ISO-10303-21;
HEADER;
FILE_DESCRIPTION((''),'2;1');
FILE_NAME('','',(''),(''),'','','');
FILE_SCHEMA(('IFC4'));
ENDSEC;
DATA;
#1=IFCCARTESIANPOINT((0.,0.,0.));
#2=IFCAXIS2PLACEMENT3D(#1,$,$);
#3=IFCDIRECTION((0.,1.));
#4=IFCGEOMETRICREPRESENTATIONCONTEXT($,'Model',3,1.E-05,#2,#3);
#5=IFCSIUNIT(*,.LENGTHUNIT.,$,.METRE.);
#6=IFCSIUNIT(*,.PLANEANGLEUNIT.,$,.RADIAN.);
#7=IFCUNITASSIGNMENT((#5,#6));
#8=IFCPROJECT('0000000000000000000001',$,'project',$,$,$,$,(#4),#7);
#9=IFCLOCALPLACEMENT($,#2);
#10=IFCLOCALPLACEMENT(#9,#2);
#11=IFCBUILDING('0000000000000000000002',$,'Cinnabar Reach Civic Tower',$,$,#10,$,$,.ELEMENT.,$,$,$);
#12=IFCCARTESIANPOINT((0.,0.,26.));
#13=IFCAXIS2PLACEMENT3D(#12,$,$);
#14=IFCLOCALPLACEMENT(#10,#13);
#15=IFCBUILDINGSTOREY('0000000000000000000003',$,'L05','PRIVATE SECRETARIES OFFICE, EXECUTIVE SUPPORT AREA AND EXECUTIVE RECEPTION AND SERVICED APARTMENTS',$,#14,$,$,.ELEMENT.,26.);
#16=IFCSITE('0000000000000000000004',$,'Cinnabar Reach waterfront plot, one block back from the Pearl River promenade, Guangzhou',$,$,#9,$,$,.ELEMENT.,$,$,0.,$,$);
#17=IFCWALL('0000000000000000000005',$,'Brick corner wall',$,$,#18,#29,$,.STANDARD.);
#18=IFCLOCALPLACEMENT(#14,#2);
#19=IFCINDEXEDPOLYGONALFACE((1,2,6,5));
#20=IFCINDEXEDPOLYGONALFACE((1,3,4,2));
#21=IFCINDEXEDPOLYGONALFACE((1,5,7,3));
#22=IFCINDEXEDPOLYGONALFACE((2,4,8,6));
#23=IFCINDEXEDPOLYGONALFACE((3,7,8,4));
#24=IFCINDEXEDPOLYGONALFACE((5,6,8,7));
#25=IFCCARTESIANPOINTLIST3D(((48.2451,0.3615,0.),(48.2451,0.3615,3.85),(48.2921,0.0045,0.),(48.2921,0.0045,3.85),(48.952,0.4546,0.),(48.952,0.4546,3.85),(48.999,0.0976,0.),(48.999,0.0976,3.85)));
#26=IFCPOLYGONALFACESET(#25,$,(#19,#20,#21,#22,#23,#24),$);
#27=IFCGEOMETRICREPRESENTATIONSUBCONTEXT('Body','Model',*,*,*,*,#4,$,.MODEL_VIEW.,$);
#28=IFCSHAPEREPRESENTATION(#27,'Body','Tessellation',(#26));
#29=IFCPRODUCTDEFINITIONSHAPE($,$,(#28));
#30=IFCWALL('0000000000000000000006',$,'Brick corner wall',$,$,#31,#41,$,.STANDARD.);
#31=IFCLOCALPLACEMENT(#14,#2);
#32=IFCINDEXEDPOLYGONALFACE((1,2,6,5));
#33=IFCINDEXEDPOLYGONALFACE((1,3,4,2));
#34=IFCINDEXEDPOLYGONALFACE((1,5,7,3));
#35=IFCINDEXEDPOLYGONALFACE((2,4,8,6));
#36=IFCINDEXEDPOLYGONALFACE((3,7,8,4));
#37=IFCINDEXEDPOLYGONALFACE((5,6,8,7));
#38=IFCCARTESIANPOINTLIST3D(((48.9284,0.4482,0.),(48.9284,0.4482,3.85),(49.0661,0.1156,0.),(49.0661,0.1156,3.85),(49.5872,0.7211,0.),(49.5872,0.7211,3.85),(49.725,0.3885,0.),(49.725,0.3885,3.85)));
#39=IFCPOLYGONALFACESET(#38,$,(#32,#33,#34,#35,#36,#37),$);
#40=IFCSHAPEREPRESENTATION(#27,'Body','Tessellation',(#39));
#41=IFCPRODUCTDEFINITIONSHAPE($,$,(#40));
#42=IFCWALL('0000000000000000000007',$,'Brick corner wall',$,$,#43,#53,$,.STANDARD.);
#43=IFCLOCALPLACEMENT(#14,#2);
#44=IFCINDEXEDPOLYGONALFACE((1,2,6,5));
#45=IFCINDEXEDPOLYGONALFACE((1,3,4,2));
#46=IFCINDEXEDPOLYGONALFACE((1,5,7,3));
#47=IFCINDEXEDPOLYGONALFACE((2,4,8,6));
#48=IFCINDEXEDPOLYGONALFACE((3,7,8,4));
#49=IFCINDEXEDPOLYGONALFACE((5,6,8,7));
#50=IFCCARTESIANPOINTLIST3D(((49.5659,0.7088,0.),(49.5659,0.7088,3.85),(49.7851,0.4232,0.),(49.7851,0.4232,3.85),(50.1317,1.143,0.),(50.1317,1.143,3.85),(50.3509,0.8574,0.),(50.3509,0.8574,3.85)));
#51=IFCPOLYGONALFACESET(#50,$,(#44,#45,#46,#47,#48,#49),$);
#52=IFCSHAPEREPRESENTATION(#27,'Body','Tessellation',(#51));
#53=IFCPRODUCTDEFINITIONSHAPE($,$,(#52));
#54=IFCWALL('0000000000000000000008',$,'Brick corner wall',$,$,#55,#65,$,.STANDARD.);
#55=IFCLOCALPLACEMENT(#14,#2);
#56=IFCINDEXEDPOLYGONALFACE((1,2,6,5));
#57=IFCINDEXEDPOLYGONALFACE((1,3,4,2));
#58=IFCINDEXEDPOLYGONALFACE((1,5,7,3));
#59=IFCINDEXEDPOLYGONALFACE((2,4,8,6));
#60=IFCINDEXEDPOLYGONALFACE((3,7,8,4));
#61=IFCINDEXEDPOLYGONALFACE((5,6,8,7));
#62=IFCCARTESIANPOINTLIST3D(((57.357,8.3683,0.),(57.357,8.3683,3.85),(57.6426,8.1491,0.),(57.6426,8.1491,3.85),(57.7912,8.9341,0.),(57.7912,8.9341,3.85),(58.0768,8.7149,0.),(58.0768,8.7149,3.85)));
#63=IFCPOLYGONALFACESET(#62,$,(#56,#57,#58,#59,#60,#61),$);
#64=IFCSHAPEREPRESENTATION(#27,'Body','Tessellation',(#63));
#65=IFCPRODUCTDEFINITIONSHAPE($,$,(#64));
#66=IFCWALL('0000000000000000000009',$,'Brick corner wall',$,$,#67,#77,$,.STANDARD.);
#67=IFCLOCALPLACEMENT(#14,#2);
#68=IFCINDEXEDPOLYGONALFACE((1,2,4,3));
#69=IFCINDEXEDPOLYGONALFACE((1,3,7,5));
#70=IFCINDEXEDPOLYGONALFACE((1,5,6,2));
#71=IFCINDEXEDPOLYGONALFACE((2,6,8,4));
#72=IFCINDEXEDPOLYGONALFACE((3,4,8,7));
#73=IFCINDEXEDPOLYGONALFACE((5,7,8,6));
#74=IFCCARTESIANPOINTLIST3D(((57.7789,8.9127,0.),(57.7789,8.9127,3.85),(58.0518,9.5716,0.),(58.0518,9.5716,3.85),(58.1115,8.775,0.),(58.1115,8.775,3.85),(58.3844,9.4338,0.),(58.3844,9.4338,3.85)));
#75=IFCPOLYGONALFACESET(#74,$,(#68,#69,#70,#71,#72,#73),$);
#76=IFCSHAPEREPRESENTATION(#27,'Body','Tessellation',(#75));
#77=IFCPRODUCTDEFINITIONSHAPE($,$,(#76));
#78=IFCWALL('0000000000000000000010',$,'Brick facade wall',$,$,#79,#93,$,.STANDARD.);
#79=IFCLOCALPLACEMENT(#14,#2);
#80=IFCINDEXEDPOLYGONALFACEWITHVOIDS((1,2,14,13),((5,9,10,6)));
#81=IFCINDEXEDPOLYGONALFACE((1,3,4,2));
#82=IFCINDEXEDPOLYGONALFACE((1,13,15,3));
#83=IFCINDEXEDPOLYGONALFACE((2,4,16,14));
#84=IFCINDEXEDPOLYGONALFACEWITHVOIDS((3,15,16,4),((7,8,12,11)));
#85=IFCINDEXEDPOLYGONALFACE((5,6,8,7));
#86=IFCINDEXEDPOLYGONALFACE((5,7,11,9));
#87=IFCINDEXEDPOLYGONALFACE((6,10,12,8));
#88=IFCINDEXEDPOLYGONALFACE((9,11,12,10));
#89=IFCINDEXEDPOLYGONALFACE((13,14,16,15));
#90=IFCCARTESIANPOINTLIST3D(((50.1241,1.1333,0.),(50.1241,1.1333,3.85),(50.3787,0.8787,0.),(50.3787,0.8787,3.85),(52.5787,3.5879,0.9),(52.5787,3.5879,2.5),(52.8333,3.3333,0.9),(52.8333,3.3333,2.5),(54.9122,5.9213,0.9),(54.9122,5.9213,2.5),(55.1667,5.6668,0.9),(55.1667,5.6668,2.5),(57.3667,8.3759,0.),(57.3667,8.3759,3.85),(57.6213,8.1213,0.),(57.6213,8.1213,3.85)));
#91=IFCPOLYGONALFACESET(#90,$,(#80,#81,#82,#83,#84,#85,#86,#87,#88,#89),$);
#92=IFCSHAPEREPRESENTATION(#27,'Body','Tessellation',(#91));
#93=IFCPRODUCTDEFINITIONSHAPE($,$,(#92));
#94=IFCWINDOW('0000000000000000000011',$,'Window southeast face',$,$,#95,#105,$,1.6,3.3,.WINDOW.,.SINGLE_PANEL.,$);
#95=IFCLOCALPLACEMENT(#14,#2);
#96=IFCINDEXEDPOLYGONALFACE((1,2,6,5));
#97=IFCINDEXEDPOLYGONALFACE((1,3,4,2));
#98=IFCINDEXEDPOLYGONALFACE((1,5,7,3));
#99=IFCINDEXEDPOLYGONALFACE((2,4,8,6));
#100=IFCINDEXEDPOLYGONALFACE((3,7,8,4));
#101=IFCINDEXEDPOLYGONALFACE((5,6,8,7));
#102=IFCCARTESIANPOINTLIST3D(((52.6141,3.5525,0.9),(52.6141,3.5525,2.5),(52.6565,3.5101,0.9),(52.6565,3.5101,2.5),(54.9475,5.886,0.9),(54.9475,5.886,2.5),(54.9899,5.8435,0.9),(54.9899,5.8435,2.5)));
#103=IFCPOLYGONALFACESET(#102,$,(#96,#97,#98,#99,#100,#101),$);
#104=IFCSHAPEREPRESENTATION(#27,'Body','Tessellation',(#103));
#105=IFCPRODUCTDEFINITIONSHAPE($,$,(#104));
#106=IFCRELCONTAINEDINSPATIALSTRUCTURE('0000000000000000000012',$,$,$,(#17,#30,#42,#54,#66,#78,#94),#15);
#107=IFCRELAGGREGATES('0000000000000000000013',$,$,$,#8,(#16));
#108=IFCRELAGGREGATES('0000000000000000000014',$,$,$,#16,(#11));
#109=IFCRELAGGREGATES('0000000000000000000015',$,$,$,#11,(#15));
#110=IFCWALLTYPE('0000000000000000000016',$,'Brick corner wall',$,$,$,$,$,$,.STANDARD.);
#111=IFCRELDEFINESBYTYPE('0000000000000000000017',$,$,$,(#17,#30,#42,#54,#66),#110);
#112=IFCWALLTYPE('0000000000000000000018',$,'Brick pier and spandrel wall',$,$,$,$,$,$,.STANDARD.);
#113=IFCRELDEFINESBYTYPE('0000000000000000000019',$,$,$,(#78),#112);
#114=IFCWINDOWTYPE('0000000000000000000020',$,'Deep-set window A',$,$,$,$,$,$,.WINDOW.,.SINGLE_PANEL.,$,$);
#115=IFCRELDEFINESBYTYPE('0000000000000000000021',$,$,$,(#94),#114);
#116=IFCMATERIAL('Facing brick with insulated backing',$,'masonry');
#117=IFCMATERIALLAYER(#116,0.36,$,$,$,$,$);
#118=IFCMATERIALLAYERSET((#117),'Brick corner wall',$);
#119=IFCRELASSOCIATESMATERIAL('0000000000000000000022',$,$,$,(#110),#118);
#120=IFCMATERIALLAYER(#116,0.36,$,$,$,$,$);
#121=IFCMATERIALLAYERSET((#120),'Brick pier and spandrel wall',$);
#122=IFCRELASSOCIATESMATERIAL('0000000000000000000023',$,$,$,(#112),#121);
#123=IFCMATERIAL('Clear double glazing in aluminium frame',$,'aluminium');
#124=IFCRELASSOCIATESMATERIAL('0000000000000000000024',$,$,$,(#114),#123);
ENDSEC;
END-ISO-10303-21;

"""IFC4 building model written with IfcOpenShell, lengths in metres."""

from ifc_helpers import new_model, si_unit, direction, frame, frame_2d, origin, place, context, subcontext, project, spatial, rectangle, extrude, material, layer, layer_set, type_object, element, fill, save


model = new_model("IFC4")

# Units and contexts
model_context = context("Model", 3, precision=1e-05, world=origin(), true_north=direction((0.0, 1.0)))
body_context = subcontext(model_context, "Body", "Model", "MODEL_VIEW")
ifc_project = project(units=[si_unit("LENGTHUNIT", "METRE"), si_unit("PLANEANGLEUNIT", "RADIAN")], contexts=[model_context])

# Site, building, storey
site_placement = place(None, origin())
site = spatial("IfcSite", under=ifc_project, at=site_placement, Name="Cinnabar Reach waterfront plot, one block back from the Pearl River promenade, Guangzhou", CompositionType="ELEMENT", RefElevation=0.0)
building_placement = place(site_placement, origin())
building = spatial("IfcBuilding", under=site, at=building_placement, Name="Cinnabar Reach Civic Tower", CompositionType="ELEMENT")
storey_placement = place(building_placement, frame((0.0, 0.0, 26.0)))
storey = spatial("IfcBuildingStorey", under=building, at=storey_placement, Name="L05", Description="PRIVATE SECRETARIES OFFICE, EXECUTIVE SUPPORT AREA AND EXECUTIVE RECEPTION AND SERVICED APARTMENTS", CompositionType="ELEMENT", Elevation=26.0)

# Walls
ifc_material_1 = material(Name="Facing brick with insulated backing", Category="masonry")
ifc_layer_1 = layer(ifc_material_1, 0.36)
ifc_layer_set_1 = layer_set([ifc_layer_1], Name="Brick corner wall")
wall_type_1 = type_object("IfcWallType", Name="Brick corner wall", PredefinedType="STANDARD", material=ifc_layer_set_1)
for number, where, z_axis, x_axis, name in (
    (1, (48.2686, 0.183, 0.0), (0.0, 0.0, 1.0), (0.991441, 0.130556, 0.0), "Brick corner wall"),
    (2, (48.9973, 0.2819, 0.0), (0.0, 0.0, 1.0), (0.923872, 0.382703, 0.0), "Brick corner wall"),
):
    element("IfcWall", number, at=place(storey_placement, frame(where, z_axis=z_axis, x_axis=x_axis)), inside=storey, type_object=wall_type_1, Name=name, PredefinedType="STANDARD", context=body_context, shape_type="SweptSolid", body=[
        extrude(rectangle(XDim=0.7131, YDim=0.36, at=frame_2d((0.3565, 0.0))), origin(), (0.0, 0.0, 1.0), 3.85),
    ])
for number, where, z_axis, x_axis, name in (
    (3, (49.6755, 0.566, 0.0), (0.0, 0.0, 1.0), (0.793322, 0.608802, 0.0), "Brick corner wall"),
    (4, (57.4998, 8.2587, 0.0), (0.0, 0.0, 1.0), (0.608802, 0.793322, 0.0), "Brick corner wall"),
):
    element("IfcWall", number, at=place(storey_placement, frame(where, z_axis=z_axis, x_axis=x_axis)), inside=storey, type_object=wall_type_1, Name=name, PredefinedType="STANDARD", context=body_context, shape_type="SweptSolid", body=[
        extrude(rectangle(XDim=0.7132, YDim=0.36, at=frame_2d((0.3566, 0.0))), origin(), (0.0, 0.0, 1.0), 3.85),
    ])
wall_1_placement = place(storey_placement, frame((57.9452, 8.8439, 0.0), z_axis=(0.0, 0.0, 1.0), x_axis=(0.382703, 0.923872, 0.0)))
element("IfcWall", 5, at=wall_1_placement, inside=storey, type_object=wall_type_1, Name="Brick corner wall", PredefinedType="STANDARD", context=body_context, shape_type="SweptSolid", body=[
    extrude(rectangle(XDim=0.7131, YDim=0.36, at=frame_2d((0.3565, 0.0))), origin(), (0.0, 0.0, 1.0), 3.85),
])

# Wall, opening, window
ifc_layer_2 = layer(ifc_material_1, 0.36)
ifc_layer_set_2 = layer_set([ifc_layer_2], Name="Brick pier and spandrel wall")
wall_type_2 = type_object("IfcWallType", Name="Brick pier and spandrel wall", PredefinedType="STANDARD", material=ifc_layer_set_2)
wall_2_placement = place(storey_placement, frame((50.2514, 1.006, 0.0), z_axis=(0.0, 0.0, 1.0), x_axis=(0.707107, 0.707107, 0.0)))
wall_2 = element("IfcWall", 6, at=wall_2_placement, inside=storey, type_object=wall_type_2, Name="Brick facade wall", PredefinedType="STANDARD", context=body_context, shape_type="SweptSolid", body=[
    extrude(rectangle(XDim=10.2426, YDim=0.36, at=frame_2d((5.1213, 0.0))), origin(), (0.0, 0.0, 1.0), 3.85),
])
opening_placement = place(wall_2_placement, frame((3.4713, 0.0, 0.9)))
opening = element("IfcOpeningElement", 7, at=opening_placement, cuts=wall_2, PredefinedType="OPENING", context=body_context, shape_type="SweptSolid", body=[
    extrude(rectangle(XDim=3.3, YDim=1.6, at=frame_2d((1.65, 0.8))), frame((0.0, 0.19, 0.0), z_axis=(0.0, -1.0, 0.0), x_axis=(1.0, 0.0, 0.0)), (0.0, 0.0, 1.0), 0.38),
])
ifc_material_2 = material(Name="Clear double glazing in aluminium frame", Category="aluminium")
window_type = type_object("IfcWindowType", Name="Deep-set window A", PartitioningType="SINGLE_PANEL", PredefinedType="WINDOW", material=ifc_material_2)
window_placement = place(opening_placement, origin())
window = element("IfcWindow", 8, at=window_placement, inside=storey, type_object=window_type, Name="Window southeast face", OverallHeight=1.6, OverallWidth=3.3, PartitioningType="SINGLE_PANEL", PredefinedType="WINDOW", context=body_context, shape_type="SweptSolid", body=[
    extrude(rectangle(XDim=3.3, YDim=1.6, at=frame_2d((1.65, 0.8))), frame((0.0, 0.13, 0.0), z_axis=(0.0, -1.0, 0.0), x_axis=(1.0, 0.0, 0.0)), (0.0, 0.0, 1.0), 0.06),
])
fill(opening, window)

save(model, "model.ifc")
